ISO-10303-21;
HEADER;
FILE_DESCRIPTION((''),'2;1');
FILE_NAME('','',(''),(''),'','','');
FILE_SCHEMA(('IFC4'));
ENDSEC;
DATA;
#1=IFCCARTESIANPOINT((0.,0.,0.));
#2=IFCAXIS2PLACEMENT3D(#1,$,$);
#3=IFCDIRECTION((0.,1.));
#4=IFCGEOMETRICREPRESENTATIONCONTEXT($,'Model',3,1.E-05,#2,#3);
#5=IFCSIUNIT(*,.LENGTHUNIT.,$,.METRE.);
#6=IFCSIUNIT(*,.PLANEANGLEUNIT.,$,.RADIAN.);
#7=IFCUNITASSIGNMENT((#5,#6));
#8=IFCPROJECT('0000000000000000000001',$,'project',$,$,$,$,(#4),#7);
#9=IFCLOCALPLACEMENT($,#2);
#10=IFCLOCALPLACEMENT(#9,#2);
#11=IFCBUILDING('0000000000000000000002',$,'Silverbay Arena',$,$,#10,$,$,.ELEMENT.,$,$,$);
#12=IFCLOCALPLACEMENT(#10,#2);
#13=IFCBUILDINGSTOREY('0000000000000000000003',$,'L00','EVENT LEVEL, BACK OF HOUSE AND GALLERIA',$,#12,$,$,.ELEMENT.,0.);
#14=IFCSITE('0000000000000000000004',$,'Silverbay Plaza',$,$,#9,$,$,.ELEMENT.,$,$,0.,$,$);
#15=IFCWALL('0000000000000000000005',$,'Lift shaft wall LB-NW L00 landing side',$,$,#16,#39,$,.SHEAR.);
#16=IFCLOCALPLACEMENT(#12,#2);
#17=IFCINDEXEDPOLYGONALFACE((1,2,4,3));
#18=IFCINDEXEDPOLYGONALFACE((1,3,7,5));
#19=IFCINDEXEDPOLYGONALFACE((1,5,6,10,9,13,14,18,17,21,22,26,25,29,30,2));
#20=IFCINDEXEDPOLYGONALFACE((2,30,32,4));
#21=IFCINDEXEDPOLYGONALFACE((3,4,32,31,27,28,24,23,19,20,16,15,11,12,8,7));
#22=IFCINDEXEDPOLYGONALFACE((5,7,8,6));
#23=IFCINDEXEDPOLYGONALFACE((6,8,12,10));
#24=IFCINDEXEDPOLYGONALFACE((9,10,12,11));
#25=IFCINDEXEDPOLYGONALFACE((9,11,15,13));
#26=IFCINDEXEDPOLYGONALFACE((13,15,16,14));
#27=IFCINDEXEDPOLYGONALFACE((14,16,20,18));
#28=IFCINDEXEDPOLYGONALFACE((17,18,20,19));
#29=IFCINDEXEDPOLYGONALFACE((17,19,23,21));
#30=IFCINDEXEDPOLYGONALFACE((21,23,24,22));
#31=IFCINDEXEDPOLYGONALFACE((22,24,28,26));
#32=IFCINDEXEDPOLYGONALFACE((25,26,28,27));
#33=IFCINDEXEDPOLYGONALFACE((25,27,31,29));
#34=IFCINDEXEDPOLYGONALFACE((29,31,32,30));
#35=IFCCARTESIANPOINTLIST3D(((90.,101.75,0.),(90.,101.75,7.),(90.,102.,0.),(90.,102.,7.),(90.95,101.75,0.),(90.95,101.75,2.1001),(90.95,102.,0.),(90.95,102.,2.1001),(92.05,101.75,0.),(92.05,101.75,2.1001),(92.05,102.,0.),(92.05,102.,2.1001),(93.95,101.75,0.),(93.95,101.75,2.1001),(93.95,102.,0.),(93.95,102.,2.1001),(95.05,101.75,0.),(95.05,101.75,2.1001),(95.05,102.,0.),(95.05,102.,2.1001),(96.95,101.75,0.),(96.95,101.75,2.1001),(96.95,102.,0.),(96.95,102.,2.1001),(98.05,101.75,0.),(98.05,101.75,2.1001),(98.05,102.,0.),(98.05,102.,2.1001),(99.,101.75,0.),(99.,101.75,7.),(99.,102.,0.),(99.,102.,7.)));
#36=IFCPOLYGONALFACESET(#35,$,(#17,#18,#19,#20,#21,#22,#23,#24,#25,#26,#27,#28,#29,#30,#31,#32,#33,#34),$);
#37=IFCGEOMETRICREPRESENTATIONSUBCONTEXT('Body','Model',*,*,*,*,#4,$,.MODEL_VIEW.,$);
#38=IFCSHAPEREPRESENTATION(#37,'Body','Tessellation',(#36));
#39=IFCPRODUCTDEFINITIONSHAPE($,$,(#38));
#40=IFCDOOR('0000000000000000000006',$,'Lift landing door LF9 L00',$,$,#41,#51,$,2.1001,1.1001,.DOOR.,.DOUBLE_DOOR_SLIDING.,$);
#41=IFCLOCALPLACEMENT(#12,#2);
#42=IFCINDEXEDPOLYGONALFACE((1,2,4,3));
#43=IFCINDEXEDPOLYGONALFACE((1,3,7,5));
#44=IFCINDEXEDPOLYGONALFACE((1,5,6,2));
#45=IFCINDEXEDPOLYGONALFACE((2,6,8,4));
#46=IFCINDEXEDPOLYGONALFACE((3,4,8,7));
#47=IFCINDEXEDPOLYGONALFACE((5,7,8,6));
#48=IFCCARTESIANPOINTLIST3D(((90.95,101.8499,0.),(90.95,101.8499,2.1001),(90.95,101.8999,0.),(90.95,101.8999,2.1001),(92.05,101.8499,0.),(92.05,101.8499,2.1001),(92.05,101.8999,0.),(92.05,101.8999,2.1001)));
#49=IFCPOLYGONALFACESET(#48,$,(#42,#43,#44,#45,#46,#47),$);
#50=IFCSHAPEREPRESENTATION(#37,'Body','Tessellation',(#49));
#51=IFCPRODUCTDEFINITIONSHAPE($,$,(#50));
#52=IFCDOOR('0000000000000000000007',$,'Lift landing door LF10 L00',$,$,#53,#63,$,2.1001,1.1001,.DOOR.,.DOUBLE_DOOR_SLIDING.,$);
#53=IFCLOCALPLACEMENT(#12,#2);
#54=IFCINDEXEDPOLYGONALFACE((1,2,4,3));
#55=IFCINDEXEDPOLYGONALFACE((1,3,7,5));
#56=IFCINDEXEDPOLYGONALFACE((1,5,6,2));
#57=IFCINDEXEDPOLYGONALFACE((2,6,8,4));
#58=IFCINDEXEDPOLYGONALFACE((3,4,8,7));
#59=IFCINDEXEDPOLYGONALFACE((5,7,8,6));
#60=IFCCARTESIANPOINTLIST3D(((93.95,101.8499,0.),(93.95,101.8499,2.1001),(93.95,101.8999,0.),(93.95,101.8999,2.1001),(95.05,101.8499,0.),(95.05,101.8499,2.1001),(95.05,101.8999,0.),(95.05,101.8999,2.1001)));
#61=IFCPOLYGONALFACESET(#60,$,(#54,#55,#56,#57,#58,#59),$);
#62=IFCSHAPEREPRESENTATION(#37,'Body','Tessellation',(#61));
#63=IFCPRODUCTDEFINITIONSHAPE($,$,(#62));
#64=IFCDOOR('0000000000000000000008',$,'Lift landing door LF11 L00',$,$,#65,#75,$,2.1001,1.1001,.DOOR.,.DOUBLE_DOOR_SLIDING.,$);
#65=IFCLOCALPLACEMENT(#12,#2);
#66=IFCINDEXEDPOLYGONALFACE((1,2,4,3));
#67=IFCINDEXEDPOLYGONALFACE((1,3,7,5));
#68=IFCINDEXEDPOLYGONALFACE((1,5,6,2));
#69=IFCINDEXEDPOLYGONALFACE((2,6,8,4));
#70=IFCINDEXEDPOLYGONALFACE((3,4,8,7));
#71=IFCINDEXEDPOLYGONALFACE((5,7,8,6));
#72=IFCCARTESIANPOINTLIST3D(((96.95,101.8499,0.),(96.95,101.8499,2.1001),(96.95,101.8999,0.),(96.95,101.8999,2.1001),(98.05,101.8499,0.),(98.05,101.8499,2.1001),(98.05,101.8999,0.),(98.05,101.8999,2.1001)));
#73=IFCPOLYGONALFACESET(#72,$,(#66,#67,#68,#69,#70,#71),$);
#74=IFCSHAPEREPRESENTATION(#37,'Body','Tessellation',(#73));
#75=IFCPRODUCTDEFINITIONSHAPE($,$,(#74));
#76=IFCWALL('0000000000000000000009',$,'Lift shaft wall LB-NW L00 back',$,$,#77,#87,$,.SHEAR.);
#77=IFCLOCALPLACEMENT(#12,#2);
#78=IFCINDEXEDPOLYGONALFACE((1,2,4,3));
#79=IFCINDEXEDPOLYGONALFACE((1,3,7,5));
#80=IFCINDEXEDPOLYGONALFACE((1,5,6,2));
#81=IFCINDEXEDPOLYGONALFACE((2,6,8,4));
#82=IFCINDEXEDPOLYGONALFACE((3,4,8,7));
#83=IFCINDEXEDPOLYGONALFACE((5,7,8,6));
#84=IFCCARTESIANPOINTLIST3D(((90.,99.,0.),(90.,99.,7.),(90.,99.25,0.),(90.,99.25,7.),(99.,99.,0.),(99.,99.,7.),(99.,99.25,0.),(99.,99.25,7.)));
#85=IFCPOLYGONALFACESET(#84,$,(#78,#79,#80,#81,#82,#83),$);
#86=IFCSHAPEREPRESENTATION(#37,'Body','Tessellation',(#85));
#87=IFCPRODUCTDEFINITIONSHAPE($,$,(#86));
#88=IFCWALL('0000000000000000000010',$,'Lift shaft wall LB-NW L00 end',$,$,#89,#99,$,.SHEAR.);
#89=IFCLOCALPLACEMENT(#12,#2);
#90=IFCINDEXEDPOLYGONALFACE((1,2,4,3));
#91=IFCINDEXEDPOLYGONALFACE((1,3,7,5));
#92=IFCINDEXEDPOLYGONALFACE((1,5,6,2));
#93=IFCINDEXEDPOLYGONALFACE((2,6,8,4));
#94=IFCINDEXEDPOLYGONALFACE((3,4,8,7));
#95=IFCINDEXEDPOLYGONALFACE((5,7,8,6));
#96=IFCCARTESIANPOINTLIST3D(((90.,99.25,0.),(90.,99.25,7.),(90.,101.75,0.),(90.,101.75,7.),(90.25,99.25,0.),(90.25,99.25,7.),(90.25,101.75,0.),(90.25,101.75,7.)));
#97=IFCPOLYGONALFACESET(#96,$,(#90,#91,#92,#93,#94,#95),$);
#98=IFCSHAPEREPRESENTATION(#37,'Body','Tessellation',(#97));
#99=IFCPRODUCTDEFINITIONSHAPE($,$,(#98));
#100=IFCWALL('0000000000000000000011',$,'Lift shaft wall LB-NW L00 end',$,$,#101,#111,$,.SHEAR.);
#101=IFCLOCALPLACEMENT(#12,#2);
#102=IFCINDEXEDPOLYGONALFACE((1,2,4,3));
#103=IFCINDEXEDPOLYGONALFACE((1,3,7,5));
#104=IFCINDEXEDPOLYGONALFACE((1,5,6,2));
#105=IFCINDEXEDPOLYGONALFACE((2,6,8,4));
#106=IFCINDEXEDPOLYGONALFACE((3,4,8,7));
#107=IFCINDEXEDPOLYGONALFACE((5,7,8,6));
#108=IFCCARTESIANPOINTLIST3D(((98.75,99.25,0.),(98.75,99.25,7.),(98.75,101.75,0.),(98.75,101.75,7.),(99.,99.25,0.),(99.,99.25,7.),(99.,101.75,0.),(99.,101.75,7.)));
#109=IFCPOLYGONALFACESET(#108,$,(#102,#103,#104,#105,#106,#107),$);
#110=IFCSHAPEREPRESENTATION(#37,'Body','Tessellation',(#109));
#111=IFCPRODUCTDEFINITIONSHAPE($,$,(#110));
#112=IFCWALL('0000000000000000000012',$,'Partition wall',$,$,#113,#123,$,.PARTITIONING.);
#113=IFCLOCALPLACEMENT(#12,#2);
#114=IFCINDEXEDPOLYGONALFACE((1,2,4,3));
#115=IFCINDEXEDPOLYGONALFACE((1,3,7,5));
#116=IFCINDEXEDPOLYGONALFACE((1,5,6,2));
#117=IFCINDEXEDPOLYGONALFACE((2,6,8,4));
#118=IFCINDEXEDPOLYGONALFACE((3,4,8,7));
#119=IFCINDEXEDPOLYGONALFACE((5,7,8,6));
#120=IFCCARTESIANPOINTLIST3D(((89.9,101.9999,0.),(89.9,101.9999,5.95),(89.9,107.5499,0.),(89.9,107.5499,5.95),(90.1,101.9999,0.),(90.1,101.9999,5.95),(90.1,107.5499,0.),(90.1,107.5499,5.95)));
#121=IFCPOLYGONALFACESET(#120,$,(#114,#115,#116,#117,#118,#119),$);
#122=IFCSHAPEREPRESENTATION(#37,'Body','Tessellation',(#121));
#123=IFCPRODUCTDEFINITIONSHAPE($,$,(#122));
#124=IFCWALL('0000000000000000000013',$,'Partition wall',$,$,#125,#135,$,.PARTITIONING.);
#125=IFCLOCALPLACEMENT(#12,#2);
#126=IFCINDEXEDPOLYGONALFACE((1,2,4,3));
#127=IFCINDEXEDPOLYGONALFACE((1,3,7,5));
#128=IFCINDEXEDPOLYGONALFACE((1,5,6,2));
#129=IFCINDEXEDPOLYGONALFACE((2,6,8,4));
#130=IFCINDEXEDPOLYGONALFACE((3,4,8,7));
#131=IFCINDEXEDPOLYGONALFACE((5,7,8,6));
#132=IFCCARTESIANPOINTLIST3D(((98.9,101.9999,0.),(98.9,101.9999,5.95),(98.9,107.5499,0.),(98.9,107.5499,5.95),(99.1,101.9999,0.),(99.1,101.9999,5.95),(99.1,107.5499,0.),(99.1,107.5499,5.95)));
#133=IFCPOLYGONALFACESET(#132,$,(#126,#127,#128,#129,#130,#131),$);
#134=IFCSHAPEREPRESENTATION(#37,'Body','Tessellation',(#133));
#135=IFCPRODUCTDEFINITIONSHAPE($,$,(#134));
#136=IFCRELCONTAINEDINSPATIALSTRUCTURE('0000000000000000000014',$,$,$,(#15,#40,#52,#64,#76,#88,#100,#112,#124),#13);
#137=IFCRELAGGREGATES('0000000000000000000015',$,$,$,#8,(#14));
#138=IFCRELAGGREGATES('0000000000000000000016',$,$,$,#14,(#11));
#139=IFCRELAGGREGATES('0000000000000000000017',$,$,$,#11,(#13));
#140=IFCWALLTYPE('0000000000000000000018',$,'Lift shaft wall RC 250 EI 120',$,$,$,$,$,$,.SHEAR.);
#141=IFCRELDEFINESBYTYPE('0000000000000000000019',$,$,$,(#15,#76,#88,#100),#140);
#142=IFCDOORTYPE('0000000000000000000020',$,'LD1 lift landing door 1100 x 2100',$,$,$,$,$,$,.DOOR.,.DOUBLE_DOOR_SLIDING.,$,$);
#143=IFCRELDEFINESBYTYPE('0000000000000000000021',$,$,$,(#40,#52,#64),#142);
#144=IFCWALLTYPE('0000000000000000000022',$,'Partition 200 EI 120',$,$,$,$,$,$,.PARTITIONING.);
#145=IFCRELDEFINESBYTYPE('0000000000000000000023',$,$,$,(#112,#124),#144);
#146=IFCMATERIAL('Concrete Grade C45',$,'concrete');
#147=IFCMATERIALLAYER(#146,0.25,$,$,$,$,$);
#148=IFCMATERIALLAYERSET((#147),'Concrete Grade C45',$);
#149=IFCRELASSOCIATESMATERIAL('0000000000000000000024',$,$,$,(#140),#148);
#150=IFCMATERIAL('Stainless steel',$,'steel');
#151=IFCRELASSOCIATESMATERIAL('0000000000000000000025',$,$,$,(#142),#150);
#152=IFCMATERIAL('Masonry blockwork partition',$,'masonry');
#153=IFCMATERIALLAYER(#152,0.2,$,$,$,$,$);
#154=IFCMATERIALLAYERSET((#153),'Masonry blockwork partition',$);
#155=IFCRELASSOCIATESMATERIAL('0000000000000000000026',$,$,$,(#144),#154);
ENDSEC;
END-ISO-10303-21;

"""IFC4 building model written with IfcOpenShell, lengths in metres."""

from ifc_helpers import new_model, si_unit, direction, frame, frame_2d, origin, place, context, subcontext, project, spatial, rectangle, extrude, material, layer, layer_set, type_object, element, fill, save


model = new_model("IFC4")

# Units and contexts
model_context = context("Model", 3, precision=1e-05, world=origin(), true_north=direction((0.0, 1.0)))
body_context = subcontext(model_context, "Body", "Model", "MODEL_VIEW")
ifc_project = project(units=[si_unit("LENGTHUNIT", "METRE"), si_unit("PLANEANGLEUNIT", "RADIAN")], contexts=[model_context])

# Site, building, storey
site_placement = place(None, origin())
site = spatial("IfcSite", under=ifc_project, at=site_placement, Name="Silverbay Plaza", CompositionType="ELEMENT", RefElevation=0.0)
building_placement = place(site_placement, origin())
building = spatial("IfcBuilding", under=site, at=building_placement, Name="Silverbay Arena", CompositionType="ELEMENT")
storey_placement = place(building_placement, origin())
storey = spatial("IfcBuildingStorey", under=building, at=storey_placement, Name="L00", Description="EVENT LEVEL, BACK OF HOUSE AND GALLERIA", CompositionType="ELEMENT", Elevation=0.0)

# Wall, openings, doors
ifc_material_1 = material(Name="Concrete Grade C45", Category="concrete")
ifc_layer_1 = layer(ifc_material_1, 0.25)
ifc_layer_set_1 = layer_set([ifc_layer_1], Name="Concrete Grade C45")
wall_type_1 = type_object("IfcWallType", Name="Lift shaft wall RC 250 EI 120", PredefinedType="SHEAR", material=ifc_layer_set_1)
wall_1_placement = place(storey_placement, frame((90.0, 101.875, 0.0), z_axis=(0.0, 0.0, 1.0), x_axis=(1.0, 0.0, 0.0)))
wall_1 = element("IfcWall", 1, at=wall_1_placement, inside=storey, type_object=wall_type_1, Name="Lift shaft wall LB-NW L00 landing side", PredefinedType="SHEAR", context=body_context, shape_type="SweptSolid", body=[
    extrude(rectangle(XDim=9.0, YDim=0.25, at=frame_2d((4.5, 0.0))), origin(), (0.0, 0.0, 1.0), 7.0),
])
opening_1_placement = place(wall_1_placement, frame((0.95, 0.0, 0.0)))
opening_1 = element("IfcOpeningElement", 2, at=opening_1_placement, cuts=wall_1, PredefinedType="OPENING", context=body_context, shape_type="SweptSolid", body=[
    extrude(rectangle(XDim=1.1001, YDim=2.1001, at=frame_2d((0.55, 1.05))), frame((0.0, 0.135, 0.0), z_axis=(0.0, -1.0, 0.0), x_axis=(1.0, 0.0, 0.0)), (0.0, 0.0, 1.0), 0.27),
])
opening_2_placement = place(wall_1_placement, frame((3.95, 0.0, 0.0)))
opening_2 = element("IfcOpeningElement", 3, at=opening_2_placement, cuts=wall_1, PredefinedType="OPENING", context=body_context, shape_type="SweptSolid", body=[
    extrude(rectangle(XDim=1.1001, YDim=2.1001, at=frame_2d((0.55, 1.05))), frame((0.0, 0.135, 0.0), z_axis=(0.0, -1.0, 0.0), x_axis=(1.0, 0.0, 0.0)), (0.0, 0.0, 1.0), 0.27),
])
opening_3_placement = place(wall_1_placement, frame((6.95, 0.0, 0.0)))
opening_3 = element("IfcOpeningElement", 4, at=opening_3_placement, cuts=wall_1, PredefinedType="OPENING", context=body_context, shape_type="SweptSolid", body=[
    extrude(rectangle(XDim=1.1001, YDim=2.1001, at=frame_2d((0.55, 1.05))), frame((0.0, 0.135, 0.0), z_axis=(0.0, -1.0, 0.0), x_axis=(1.0, 0.0, 0.0)), (0.0, 0.0, 1.0), 0.27),
])
ifc_material_2 = material(Name="Stainless steel", Category="steel")
door_type_1 = type_object("IfcDoorType", Name="LD1 lift landing door 1100 x 2100", OperationType="DOUBLE_DOOR_SLIDING", PredefinedType="DOOR", material=ifc_material_2)
door_1_placement = place(opening_1_placement, origin())
door_1 = element("IfcDoor", 5, at=door_1_placement, inside=storey, type_object=door_type_1, Name="Lift landing door LF9 L00", OperationType="DOUBLE_DOOR_SLIDING", OverallHeight=2.1001, OverallWidth=1.1001, PredefinedType="DOOR", context=body_context, shape_type="SweptSolid", body=[
    extrude(rectangle(XDim=1.1001, YDim=2.1001, at=frame_2d((0.55, 1.05))), frame((0.0, 0.0249, 0.0), z_axis=(0.0, -1.0, 0.0), x_axis=(1.0, 0.0, 0.0)), (0.0, 0.0, 1.0), 0.05),
])
fill(opening_1, door_1)
door_2_placement = place(opening_2_placement, origin())
door_2 = element("IfcDoor", 6, at=door_2_placement, inside=storey, type_object=door_type_1, Name="Lift landing door LF10 L00", OperationType="DOUBLE_DOOR_SLIDING", OverallHeight=2.1001, OverallWidth=1.1001, PredefinedType="DOOR", context=body_context, shape_type="SweptSolid", body=[
    extrude(rectangle(XDim=1.1001, YDim=2.1001, at=frame_2d((0.55, 1.05))), frame((0.0, 0.0249, 0.0), z_axis=(0.0, -1.0, 0.0), x_axis=(1.0, 0.0, 0.0)), (0.0, 0.0, 1.0), 0.05),
])
fill(opening_2, door_2)
door_3_placement = place(opening_3_placement, origin())
door_3 = element("IfcDoor", 7, at=door_3_placement, inside=storey, type_object=door_type_1, Name="Lift landing door LF11 L00", OperationType="DOUBLE_DOOR_SLIDING", OverallHeight=2.1001, OverallWidth=1.1001, PredefinedType="DOOR", context=body_context, shape_type="SweptSolid", body=[
    extrude(rectangle(XDim=1.1001, YDim=2.1001, at=frame_2d((0.55, 1.05))), frame((0.0, 0.0249, 0.0), z_axis=(0.0, -1.0, 0.0), x_axis=(1.0, 0.0, 0.0)), (0.0, 0.0, 1.0), 0.05),
])
fill(opening_3, door_3)

# Walls
wall_2_placement = place(storey_placement, frame((90.0, 99.125, 0.0), z_axis=(0.0, 0.0, 1.0), x_axis=(1.0, 0.0, 0.0)))
element("IfcWall", 8, at=wall_2_placement, inside=storey, type_object=wall_type_1, Name="Lift shaft wall LB-NW L00 back", PredefinedType="SHEAR", context=body_context, shape_type="SweptSolid", body=[
    extrude(rectangle(XDim=9.0, YDim=0.25, at=frame_2d((4.5, 0.0))), origin(), (0.0, 0.0, 1.0), 7.0),
])
for number, where, z_axis, x_axis, name in (
    (9, (90.125, 99.25, 0.0), (0.0, 0.0, 1.0), (0.0, 1.0, 0.0), "Lift shaft wall LB-NW L00 end"),
    (10, (98.875, 99.25, 0.0), (0.0, 0.0, 1.0), (0.0, 1.0, 0.0), "Lift shaft wall LB-NW L00 end"),
):
    element("IfcWall", number, at=place(storey_placement, frame(where, z_axis=z_axis, x_axis=x_axis)), inside=storey, type_object=wall_type_1, Name=name, PredefinedType="SHEAR", context=body_context, shape_type="SweptSolid", body=[
        extrude(rectangle(XDim=2.5, YDim=0.25, at=frame_2d((1.25, 0.0))), origin(), (0.0, 0.0, 1.0), 7.0),
    ])
ifc_material_3 = material(Name="Masonry blockwork partition", Category="masonry")
ifc_layer_2 = layer(ifc_material_3, 0.2)
ifc_layer_set_2 = layer_set([ifc_layer_2], Name="Masonry blockwork partition")
wall_type_2 = type_object("IfcWallType", Name="Partition 200 EI 120", PredefinedType="PARTITIONING", material=ifc_layer_set_2)
for number, where, z_axis, x_axis, name in (
    (11, (90.0, 102.0, 0.0), (0.0, 0.0, 1.0), (0.0, 1.0, 0.0), "Partition wall"),
    (12, (99.0, 102.0, 0.0), (0.0, 0.0, 1.0), (0.0, 1.0, 0.0), "Partition wall"),
):
    element("IfcWall", number, at=place(storey_placement, frame(where, z_axis=z_axis, x_axis=x_axis)), inside=storey, type_object=wall_type_2, Name=name, PredefinedType="PARTITIONING", context=body_context, shape_type="SweptSolid", body=[
        extrude(rectangle(XDim=5.55, YDim=0.2, at=frame_2d((2.7749, 0.0))), origin(), (0.0, 0.0, 1.0), 5.95),
    ])

save(model, "model.ifc")
